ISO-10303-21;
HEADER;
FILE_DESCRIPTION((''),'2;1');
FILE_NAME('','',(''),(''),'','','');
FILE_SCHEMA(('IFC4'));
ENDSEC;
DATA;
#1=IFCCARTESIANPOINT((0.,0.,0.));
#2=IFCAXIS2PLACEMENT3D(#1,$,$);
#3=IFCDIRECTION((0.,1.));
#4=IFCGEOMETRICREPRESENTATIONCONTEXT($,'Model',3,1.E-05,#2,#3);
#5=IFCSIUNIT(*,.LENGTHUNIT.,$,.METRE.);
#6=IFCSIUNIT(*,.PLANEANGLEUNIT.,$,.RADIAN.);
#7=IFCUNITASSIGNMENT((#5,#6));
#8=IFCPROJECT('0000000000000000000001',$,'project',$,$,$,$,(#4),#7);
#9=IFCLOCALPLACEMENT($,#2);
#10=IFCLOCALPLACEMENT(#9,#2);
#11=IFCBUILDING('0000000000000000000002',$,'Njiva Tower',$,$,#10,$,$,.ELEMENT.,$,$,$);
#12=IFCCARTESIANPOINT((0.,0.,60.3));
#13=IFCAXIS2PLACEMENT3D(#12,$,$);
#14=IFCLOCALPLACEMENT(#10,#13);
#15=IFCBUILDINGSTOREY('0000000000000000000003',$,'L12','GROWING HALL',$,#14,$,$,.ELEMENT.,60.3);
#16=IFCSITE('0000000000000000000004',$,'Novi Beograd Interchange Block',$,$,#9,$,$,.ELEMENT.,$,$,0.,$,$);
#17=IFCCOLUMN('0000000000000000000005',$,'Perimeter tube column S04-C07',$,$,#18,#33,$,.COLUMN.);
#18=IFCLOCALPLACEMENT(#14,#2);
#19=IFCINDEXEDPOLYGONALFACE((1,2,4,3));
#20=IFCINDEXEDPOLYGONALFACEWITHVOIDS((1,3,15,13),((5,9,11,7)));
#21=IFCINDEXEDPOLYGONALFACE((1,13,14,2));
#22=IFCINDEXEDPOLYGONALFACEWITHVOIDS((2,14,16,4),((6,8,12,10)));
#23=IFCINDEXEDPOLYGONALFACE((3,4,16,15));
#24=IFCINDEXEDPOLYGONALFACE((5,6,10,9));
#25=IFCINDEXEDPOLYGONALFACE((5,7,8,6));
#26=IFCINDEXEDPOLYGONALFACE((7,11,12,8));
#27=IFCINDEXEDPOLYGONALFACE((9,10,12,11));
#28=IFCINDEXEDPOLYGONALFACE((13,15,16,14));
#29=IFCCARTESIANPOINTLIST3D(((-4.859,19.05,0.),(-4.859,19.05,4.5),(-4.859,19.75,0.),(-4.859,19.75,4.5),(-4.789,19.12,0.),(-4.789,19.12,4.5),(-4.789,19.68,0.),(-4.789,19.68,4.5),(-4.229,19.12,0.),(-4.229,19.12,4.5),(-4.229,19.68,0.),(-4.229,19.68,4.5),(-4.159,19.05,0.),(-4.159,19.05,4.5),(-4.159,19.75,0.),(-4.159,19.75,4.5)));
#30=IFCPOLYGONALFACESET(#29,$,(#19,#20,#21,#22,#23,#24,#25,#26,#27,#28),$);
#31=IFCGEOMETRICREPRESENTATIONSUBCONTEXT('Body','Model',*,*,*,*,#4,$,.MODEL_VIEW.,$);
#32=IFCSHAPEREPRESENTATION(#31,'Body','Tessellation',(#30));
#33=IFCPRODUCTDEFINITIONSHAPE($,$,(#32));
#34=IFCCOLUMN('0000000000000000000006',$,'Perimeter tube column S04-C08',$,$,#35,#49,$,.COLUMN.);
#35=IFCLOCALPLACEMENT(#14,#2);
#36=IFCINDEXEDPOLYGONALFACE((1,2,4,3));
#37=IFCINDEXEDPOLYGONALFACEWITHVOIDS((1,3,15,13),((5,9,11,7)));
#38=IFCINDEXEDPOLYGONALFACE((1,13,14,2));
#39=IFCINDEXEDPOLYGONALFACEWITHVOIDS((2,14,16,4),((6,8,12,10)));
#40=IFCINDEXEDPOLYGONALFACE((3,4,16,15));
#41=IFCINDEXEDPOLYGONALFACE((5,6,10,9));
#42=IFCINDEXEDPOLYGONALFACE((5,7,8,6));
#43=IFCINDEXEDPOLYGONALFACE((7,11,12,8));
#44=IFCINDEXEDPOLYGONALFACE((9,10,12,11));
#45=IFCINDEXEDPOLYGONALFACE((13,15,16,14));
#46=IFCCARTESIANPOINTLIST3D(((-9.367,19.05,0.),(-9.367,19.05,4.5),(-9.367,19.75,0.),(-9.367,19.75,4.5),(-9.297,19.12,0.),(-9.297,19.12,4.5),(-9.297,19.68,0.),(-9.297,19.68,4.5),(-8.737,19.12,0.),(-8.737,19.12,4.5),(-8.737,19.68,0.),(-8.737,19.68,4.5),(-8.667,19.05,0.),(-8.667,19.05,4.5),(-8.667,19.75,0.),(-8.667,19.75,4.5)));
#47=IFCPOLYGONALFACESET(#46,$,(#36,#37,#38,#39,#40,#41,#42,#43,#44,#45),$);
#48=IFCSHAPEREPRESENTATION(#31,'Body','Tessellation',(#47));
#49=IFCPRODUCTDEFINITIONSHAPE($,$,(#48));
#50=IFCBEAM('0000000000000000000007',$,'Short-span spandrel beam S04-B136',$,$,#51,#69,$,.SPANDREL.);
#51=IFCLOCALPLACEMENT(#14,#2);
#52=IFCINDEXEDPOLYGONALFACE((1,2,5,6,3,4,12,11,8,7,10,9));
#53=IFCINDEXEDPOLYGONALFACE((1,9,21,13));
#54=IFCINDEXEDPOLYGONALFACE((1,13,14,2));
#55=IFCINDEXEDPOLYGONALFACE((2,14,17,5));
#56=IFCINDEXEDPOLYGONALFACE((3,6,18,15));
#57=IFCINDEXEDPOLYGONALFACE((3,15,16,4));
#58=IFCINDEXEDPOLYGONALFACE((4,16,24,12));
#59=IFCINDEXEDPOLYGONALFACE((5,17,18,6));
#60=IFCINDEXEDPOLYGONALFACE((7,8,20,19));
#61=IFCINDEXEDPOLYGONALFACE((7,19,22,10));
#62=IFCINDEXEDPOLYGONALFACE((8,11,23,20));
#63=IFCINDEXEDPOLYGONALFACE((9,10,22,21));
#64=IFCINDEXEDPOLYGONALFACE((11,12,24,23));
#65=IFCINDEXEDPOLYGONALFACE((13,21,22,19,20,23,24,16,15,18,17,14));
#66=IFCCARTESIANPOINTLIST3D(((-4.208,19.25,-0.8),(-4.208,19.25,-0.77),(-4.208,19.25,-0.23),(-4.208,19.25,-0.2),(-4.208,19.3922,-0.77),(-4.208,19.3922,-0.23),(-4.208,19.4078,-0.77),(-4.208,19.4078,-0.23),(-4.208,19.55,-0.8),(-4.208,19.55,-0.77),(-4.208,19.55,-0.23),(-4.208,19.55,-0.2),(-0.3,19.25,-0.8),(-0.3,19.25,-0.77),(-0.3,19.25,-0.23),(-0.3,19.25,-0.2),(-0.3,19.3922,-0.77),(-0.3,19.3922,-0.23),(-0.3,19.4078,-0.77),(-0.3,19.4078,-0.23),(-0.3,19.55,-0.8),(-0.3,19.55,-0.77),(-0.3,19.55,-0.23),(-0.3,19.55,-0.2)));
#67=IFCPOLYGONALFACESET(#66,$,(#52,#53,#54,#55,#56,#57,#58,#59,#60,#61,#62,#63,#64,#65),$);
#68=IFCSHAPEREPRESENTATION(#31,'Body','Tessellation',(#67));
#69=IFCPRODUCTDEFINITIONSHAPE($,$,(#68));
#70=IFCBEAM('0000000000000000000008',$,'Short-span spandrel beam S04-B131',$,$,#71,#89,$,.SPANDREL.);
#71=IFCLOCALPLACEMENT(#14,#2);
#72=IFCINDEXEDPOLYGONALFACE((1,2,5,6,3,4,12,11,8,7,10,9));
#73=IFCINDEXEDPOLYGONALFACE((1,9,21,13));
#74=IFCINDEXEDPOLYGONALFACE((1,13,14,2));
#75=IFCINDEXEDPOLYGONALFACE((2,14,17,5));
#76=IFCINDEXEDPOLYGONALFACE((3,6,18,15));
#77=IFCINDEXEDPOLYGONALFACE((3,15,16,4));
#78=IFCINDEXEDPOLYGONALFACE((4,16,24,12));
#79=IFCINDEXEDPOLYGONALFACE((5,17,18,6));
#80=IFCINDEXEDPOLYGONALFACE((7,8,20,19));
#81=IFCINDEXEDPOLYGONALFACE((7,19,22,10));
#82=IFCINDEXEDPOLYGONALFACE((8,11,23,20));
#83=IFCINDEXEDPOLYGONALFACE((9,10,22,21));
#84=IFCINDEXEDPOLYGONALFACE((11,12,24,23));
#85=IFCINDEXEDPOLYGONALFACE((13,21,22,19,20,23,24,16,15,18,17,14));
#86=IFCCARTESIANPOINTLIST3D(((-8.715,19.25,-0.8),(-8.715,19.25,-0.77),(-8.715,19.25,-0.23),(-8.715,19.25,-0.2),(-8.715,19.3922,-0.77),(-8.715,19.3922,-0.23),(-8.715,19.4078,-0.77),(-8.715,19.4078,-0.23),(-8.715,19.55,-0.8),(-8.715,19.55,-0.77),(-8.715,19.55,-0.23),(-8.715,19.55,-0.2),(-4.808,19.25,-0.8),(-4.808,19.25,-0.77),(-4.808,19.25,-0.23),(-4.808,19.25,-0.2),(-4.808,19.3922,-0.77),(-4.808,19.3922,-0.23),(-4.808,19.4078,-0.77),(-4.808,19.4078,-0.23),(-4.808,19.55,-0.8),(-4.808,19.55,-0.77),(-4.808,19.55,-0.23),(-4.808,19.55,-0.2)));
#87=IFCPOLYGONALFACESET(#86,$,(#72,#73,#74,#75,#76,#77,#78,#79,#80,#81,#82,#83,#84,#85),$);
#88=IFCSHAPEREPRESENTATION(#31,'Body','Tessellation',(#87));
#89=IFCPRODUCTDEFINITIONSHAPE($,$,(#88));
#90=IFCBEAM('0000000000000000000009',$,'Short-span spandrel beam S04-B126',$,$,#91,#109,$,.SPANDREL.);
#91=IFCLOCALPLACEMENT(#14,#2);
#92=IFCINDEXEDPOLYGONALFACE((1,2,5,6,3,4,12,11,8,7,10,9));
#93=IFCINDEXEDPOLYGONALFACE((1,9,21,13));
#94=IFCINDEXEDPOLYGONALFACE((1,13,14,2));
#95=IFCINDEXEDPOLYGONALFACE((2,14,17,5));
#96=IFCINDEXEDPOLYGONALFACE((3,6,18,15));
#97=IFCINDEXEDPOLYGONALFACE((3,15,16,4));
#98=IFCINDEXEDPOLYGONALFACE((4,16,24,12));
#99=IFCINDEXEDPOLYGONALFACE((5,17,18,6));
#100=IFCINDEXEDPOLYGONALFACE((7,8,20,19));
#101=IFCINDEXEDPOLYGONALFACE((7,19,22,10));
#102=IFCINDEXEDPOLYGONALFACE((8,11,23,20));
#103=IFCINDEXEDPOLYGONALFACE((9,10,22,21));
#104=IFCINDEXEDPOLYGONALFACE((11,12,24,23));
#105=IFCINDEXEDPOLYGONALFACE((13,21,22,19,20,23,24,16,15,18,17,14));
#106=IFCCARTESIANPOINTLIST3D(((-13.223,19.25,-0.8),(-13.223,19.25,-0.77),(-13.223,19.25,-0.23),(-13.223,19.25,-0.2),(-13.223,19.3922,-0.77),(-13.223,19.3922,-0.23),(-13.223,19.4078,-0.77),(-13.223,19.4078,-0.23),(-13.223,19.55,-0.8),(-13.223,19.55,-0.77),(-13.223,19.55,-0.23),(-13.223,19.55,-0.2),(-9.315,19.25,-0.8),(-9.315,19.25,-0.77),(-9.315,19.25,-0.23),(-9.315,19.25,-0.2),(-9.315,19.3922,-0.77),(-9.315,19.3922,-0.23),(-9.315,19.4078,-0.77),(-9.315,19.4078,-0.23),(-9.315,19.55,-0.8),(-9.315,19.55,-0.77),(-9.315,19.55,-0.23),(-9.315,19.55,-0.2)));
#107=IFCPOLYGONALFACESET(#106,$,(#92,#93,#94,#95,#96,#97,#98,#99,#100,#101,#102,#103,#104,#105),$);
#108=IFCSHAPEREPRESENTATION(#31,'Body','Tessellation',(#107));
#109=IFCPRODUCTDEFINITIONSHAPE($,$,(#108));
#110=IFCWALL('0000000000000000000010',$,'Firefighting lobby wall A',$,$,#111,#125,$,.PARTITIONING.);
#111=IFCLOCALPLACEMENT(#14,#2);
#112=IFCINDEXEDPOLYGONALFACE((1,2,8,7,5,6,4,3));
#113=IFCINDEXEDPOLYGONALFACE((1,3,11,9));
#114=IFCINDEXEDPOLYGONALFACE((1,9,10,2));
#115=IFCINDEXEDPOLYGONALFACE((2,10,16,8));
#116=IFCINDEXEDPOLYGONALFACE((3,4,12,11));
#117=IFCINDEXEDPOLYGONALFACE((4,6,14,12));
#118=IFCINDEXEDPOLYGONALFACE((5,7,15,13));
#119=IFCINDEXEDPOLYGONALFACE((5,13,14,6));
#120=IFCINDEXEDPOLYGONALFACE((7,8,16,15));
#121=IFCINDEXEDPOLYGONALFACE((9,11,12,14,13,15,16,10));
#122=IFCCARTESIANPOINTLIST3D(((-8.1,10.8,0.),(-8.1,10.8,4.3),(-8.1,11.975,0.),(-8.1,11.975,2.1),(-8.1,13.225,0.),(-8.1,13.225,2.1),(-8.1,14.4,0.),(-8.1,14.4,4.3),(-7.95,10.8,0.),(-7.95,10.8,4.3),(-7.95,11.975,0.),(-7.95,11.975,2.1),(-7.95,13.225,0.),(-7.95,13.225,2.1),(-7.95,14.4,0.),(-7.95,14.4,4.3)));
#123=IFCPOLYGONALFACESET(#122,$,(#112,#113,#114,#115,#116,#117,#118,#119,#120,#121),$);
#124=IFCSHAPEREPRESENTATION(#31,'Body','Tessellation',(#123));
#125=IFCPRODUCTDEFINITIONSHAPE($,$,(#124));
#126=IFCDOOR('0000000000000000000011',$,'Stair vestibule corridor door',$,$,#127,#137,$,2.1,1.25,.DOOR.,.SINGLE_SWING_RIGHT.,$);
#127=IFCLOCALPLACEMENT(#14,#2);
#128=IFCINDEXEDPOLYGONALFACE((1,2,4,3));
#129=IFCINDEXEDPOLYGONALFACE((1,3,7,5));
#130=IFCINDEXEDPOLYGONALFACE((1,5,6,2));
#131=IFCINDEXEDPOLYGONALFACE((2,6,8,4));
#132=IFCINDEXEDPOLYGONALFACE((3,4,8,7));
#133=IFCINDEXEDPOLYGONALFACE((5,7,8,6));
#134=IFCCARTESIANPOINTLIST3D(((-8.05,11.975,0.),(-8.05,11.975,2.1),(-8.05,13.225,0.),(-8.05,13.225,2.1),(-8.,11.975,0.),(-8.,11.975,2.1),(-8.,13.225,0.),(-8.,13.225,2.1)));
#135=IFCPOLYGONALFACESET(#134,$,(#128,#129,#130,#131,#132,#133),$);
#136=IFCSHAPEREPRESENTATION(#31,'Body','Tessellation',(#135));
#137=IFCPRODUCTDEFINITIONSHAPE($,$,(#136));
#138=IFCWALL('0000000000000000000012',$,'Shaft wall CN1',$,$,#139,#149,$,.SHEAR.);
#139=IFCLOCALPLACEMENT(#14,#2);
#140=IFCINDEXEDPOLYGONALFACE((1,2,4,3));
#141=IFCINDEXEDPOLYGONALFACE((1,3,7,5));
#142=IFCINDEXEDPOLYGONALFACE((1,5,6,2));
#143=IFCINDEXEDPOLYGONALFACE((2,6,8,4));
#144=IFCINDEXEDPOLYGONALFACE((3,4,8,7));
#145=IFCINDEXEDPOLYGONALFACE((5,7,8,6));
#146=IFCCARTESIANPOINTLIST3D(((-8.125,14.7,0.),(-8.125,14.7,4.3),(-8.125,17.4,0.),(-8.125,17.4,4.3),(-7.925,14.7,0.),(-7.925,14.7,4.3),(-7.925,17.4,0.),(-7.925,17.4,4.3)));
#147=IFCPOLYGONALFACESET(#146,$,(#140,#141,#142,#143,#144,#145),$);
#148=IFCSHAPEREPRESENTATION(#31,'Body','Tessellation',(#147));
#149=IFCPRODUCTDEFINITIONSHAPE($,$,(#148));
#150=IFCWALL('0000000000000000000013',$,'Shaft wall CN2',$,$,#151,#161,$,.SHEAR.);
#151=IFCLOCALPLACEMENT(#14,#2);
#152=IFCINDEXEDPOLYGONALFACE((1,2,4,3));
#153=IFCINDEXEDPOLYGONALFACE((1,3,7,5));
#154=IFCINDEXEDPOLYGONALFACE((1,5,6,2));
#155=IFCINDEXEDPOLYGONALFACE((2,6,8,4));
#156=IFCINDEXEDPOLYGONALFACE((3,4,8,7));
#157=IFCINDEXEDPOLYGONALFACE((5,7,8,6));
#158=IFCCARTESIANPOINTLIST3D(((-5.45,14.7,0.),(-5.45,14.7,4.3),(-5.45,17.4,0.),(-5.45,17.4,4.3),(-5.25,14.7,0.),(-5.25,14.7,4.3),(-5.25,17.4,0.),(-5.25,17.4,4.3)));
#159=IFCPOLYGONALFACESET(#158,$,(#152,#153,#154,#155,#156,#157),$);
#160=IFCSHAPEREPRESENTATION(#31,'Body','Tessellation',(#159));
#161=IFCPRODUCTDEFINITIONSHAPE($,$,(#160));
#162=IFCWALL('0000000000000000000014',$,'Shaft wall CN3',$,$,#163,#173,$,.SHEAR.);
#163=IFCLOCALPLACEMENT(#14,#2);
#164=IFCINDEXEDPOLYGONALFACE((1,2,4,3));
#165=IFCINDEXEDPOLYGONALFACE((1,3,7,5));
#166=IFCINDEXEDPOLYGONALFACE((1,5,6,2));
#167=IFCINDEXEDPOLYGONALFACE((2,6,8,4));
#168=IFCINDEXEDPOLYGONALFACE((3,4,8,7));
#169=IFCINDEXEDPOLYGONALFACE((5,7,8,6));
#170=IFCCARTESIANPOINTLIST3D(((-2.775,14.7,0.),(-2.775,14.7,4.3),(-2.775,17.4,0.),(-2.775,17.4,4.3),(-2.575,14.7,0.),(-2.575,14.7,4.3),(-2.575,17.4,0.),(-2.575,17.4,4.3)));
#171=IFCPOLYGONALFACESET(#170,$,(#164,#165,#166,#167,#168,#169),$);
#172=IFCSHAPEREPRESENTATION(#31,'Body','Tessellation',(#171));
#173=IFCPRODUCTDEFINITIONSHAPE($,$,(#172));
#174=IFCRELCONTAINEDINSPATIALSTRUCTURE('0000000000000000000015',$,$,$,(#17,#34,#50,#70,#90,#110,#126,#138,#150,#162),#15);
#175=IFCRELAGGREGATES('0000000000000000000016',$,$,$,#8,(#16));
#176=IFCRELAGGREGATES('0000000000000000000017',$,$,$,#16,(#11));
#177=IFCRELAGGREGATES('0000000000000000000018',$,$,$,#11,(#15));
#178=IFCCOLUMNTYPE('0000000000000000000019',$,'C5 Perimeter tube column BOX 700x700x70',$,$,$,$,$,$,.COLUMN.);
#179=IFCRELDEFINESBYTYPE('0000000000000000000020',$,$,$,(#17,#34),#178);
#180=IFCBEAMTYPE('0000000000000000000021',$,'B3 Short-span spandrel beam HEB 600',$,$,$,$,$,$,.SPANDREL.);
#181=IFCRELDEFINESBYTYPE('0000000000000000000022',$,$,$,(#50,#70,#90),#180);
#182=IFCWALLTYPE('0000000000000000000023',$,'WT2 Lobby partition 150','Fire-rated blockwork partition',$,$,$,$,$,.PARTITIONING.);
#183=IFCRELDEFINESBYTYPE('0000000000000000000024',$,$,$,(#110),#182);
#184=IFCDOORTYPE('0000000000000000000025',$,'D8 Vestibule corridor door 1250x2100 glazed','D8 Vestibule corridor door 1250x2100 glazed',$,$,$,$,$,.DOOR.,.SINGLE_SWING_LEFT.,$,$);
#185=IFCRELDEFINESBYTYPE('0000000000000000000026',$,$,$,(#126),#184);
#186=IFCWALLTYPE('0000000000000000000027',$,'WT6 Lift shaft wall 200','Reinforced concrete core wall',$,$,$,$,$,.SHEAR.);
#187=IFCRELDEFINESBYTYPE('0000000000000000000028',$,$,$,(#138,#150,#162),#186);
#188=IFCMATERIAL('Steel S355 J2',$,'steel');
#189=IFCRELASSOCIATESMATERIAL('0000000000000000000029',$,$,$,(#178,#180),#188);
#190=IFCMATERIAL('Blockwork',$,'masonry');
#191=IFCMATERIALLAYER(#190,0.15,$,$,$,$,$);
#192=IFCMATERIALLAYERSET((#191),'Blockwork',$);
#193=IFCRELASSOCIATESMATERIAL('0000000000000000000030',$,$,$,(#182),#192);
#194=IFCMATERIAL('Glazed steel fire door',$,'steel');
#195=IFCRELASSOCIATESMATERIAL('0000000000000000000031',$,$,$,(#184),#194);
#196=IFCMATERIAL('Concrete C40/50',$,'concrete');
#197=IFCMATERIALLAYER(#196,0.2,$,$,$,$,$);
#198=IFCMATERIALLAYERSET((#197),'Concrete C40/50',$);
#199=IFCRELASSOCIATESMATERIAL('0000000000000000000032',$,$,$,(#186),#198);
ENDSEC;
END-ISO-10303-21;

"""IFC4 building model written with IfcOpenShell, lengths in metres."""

from ifc_helpers import new_model, si_unit, direction, frame, frame_2d, origin, origin_2d, place, context, subcontext, project, spatial, rectangle, hollow_rectangle, i_section, extrude, material, layer, layer_set, material_profile, profile_set, type_object, element, fill, save


model = new_model("IFC4")

# Units and contexts
model_context = context("Model", 3, precision=1e-05, world=origin(), true_north=direction((0.0, 1.0)))
body_context = subcontext(model_context, "Body", "Model", "MODEL_VIEW")
ifc_project = project(units=[si_unit("LENGTHUNIT", "METRE"), si_unit("PLANEANGLEUNIT", "RADIAN")], contexts=[model_context])

# Site, building, storey
site_placement = place(None, origin())
site = spatial("IfcSite", under=ifc_project, at=site_placement, Name="Novi Beograd Interchange Block", CompositionType="ELEMENT", RefElevation=0.0)
building_placement = place(site_placement, origin())
building = spatial("IfcBuilding", under=site, at=building_placement, Name="Njiva Tower", CompositionType="ELEMENT")
storey_placement = place(building_placement, frame((0.0, 0.0, 60.3)))
storey = spatial("IfcBuildingStorey", under=building, at=storey_placement, Name="L12", Description="GROWING HALL", CompositionType="ELEMENT", Elevation=60.3)

# Columns
ifc_material_1 = material(Name="Steel S355 J2", Category="steel")
ifc_material_profile_1 = material_profile(ifc_material_1, hollow_rectangle(XDim=0.7, YDim=0.7, WallThickness=0.07, at=origin_2d()), Name="BOX 700x700x70")
ifc_profile_set_1 = profile_set([ifc_material_profile_1], Name="Steel S355 J2")
column_type = type_object("IfcColumnType", Name="C5 Perimeter tube column BOX 700x700x70", PredefinedType="COLUMN", material=ifc_profile_set_1)
for number, where, z_axis, x_axis, name in (
    (1, (-4.509, 19.4, 0.0), (0.0, 0.0, 1.0), (-1.0, 0.0, 0.0), "Perimeter tube column S04-C07"),
    (2, (-9.017, 19.4, 0.0), (0.0, 0.0, 1.0), (-1.0, 0.0, 0.0), "Perimeter tube column S04-C08"),
):
    element("IfcColumn", number, at=place(storey_placement, frame(where, z_axis=z_axis, x_axis=x_axis)), inside=storey, type_object=column_type, Name=name, PredefinedType="COLUMN", context=body_context, shape_type="SweptSolid", body=[
        extrude(hollow_rectangle(XDim=0.7, YDim=0.7, WallThickness=0.07, at=origin_2d()), origin(), (0.0, 0.0, 1.0), 4.5),
    ])

# Beams
ifc_material_profile_2 = material_profile(ifc_material_1, i_section(OverallWidth=0.3, OverallDepth=0.6, WebThickness=0.0155, FlangeThickness=0.03, at=origin_2d()), Name="HEB 600")
ifc_profile_set_2 = profile_set([ifc_material_profile_2], Name="Steel S355 J2")
beam_type = type_object("IfcBeamType", Name="B3 Short-span spandrel beam HEB 600", PredefinedType="SPANDREL", material=ifc_profile_set_2)
beam_1_placement = place(storey_placement, frame((-0.3, 19.4, -0.5), z_axis=(-1.0, 0.0, 0.0), x_axis=(0.0, -1.0, 0.0)))
element("IfcBeam", 3, at=beam_1_placement, inside=storey, type_object=beam_type, Name="Short-span spandrel beam S04-B136", PredefinedType="SPANDREL", context=body_context, shape_type="SweptSolid", body=[
    extrude(i_section(OverallWidth=0.3, OverallDepth=0.6, WebThickness=0.0155, FlangeThickness=0.03, at=origin_2d()), origin(), (0.0, 0.0, 1.0), 3.908),
])
beam_2_placement = place(storey_placement, frame((-4.808, 19.4, -0.5), z_axis=(-1.0, 0.0, 0.0), x_axis=(0.0, -1.0, 0.0)))
element("IfcBeam", 4, at=beam_2_placement, inside=storey, type_object=beam_type, Name="Short-span spandrel beam S04-B131", PredefinedType="SPANDREL", context=body_context, shape_type="SweptSolid", body=[
    extrude(i_section(OverallWidth=0.3, OverallDepth=0.6, WebThickness=0.0155, FlangeThickness=0.03, at=origin_2d()), origin(), (0.0, 0.0, 1.0), 3.907),
])
beam_3_placement = place(storey_placement, frame((-9.315, 19.4, -0.5), z_axis=(-1.0, 0.0, 0.0), x_axis=(0.0, -1.0, 0.0)))
element("IfcBeam", 5, at=beam_3_placement, inside=storey, type_object=beam_type, Name="Short-span spandrel beam S04-B126", PredefinedType="SPANDREL", context=body_context, shape_type="SweptSolid", body=[
    extrude(i_section(OverallWidth=0.3, OverallDepth=0.6, WebThickness=0.0155, FlangeThickness=0.03, at=origin_2d()), origin(), (0.0, 0.0, 1.0), 3.908),
])

# Wall, opening, door
ifc_material_2 = material(Name="Blockwork", Category="masonry")
ifc_layer_1 = layer(ifc_material_2, 0.15)
ifc_layer_set_1 = layer_set([ifc_layer_1], Name="Blockwork")
wall_type_1 = type_object("IfcWallType", Name="WT2 Lobby partition 150", Description="Fire-rated blockwork partition", PredefinedType="PARTITIONING", material=ifc_layer_set_1)
wall_placement = place(storey_placement, frame((-8.025, 10.8, 0.0), z_axis=(0.0, 0.0, 1.0), x_axis=(0.0, 1.0, 0.0)))
wall = element("IfcWall", 6, at=wall_placement, inside=storey, type_object=wall_type_1, Name="Firefighting lobby wall A", PredefinedType="PARTITIONING", context=body_context, shape_type="SweptSolid", body=[
    extrude(rectangle(XDim=3.6, YDim=0.15, at=frame_2d((1.8, 0.0))), origin(), (0.0, 0.0, 1.0), 4.3),
])
opening_placement = place(wall_placement, frame((1.175, 0.0, 0.0)))
opening = element("IfcOpeningElement", 7, at=opening_placement, cuts=wall, PredefinedType="OPENING", context=body_context, shape_type="SweptSolid", body=[
    extrude(rectangle(XDim=1.25, YDim=2.1, at=frame_2d((0.625, 1.05))), frame((0.0, 0.085, 0.0), z_axis=(0.0, -1.0, 0.0), x_axis=(1.0, 0.0, 0.0)), (0.0, 0.0, 1.0), 0.17),
])
ifc_material_3 = material(Name="Glazed steel fire door", Category="steel")
door_type = type_object("IfcDoorType", Name="D8 Vestibule corridor door 1250x2100 glazed", Description="D8 Vestibule corridor door 1250x2100 glazed", OperationType="SINGLE_SWING_LEFT", PredefinedType="DOOR", material=ifc_material_3)
door_placement = place(opening_placement, origin())
door = element("IfcDoor", 8, at=door_placement, inside=storey, type_object=door_type, Name="Stair vestibule corridor door", OperationType="SINGLE_SWING_RIGHT", OverallHeight=2.1, OverallWidth=1.25, PredefinedType="DOOR", context=body_context, shape_type="SweptSolid", body=[
    extrude(rectangle(XDim=1.25, YDim=2.1, at=frame_2d((0.625, 1.05))), frame((0.0, 0.025, 0.0), z_axis=(0.0, -1.0, 0.0), x_axis=(1.0, 0.0, 0.0)), (0.0, 0.0, 1.0), 0.05),
])
fill(opening, door)

# Walls
ifc_material_4 = material(Name="Concrete C40/50", Category="concrete")
ifc_layer_2 = layer(ifc_material_4, 0.2)
ifc_layer_set_2 = layer_set([ifc_layer_2], Name="Concrete C40/50")
wall_type_2 = type_object("IfcWallType", Name="WT6 Lift shaft wall 200", Description="Reinforced concrete core wall", PredefinedType="SHEAR", material=ifc_layer_set_2)
for number, where, z_axis, x_axis, name in (
    (9, (-8.025, 14.7, 0.0), (0.0, 0.0, 1.0), (0.0, 1.0, 0.0), "Shaft wall CN1"),
    (10, (-5.35, 14.7, 0.0), (0.0, 0.0, 1.0), (0.0, 1.0, 0.0), "Shaft wall CN2"),
    (11, (-2.675, 14.7, 0.0), (0.0, 0.0, 1.0), (0.0, 1.0, 0.0), "Shaft wall CN3"),
):
    element("IfcWall", number, at=place(storey_placement, frame(where, z_axis=z_axis, x_axis=x_axis)), inside=storey, type_object=wall_type_2, Name=name, PredefinedType="SHEAR", context=body_context, shape_type="SweptSolid", body=[
        extrude(rectangle(XDim=2.7, YDim=0.2, at=frame_2d((1.35, 0.0))), origin(), (0.0, 0.0, 1.0), 4.3),
    ])

save(model, "model.ifc")
